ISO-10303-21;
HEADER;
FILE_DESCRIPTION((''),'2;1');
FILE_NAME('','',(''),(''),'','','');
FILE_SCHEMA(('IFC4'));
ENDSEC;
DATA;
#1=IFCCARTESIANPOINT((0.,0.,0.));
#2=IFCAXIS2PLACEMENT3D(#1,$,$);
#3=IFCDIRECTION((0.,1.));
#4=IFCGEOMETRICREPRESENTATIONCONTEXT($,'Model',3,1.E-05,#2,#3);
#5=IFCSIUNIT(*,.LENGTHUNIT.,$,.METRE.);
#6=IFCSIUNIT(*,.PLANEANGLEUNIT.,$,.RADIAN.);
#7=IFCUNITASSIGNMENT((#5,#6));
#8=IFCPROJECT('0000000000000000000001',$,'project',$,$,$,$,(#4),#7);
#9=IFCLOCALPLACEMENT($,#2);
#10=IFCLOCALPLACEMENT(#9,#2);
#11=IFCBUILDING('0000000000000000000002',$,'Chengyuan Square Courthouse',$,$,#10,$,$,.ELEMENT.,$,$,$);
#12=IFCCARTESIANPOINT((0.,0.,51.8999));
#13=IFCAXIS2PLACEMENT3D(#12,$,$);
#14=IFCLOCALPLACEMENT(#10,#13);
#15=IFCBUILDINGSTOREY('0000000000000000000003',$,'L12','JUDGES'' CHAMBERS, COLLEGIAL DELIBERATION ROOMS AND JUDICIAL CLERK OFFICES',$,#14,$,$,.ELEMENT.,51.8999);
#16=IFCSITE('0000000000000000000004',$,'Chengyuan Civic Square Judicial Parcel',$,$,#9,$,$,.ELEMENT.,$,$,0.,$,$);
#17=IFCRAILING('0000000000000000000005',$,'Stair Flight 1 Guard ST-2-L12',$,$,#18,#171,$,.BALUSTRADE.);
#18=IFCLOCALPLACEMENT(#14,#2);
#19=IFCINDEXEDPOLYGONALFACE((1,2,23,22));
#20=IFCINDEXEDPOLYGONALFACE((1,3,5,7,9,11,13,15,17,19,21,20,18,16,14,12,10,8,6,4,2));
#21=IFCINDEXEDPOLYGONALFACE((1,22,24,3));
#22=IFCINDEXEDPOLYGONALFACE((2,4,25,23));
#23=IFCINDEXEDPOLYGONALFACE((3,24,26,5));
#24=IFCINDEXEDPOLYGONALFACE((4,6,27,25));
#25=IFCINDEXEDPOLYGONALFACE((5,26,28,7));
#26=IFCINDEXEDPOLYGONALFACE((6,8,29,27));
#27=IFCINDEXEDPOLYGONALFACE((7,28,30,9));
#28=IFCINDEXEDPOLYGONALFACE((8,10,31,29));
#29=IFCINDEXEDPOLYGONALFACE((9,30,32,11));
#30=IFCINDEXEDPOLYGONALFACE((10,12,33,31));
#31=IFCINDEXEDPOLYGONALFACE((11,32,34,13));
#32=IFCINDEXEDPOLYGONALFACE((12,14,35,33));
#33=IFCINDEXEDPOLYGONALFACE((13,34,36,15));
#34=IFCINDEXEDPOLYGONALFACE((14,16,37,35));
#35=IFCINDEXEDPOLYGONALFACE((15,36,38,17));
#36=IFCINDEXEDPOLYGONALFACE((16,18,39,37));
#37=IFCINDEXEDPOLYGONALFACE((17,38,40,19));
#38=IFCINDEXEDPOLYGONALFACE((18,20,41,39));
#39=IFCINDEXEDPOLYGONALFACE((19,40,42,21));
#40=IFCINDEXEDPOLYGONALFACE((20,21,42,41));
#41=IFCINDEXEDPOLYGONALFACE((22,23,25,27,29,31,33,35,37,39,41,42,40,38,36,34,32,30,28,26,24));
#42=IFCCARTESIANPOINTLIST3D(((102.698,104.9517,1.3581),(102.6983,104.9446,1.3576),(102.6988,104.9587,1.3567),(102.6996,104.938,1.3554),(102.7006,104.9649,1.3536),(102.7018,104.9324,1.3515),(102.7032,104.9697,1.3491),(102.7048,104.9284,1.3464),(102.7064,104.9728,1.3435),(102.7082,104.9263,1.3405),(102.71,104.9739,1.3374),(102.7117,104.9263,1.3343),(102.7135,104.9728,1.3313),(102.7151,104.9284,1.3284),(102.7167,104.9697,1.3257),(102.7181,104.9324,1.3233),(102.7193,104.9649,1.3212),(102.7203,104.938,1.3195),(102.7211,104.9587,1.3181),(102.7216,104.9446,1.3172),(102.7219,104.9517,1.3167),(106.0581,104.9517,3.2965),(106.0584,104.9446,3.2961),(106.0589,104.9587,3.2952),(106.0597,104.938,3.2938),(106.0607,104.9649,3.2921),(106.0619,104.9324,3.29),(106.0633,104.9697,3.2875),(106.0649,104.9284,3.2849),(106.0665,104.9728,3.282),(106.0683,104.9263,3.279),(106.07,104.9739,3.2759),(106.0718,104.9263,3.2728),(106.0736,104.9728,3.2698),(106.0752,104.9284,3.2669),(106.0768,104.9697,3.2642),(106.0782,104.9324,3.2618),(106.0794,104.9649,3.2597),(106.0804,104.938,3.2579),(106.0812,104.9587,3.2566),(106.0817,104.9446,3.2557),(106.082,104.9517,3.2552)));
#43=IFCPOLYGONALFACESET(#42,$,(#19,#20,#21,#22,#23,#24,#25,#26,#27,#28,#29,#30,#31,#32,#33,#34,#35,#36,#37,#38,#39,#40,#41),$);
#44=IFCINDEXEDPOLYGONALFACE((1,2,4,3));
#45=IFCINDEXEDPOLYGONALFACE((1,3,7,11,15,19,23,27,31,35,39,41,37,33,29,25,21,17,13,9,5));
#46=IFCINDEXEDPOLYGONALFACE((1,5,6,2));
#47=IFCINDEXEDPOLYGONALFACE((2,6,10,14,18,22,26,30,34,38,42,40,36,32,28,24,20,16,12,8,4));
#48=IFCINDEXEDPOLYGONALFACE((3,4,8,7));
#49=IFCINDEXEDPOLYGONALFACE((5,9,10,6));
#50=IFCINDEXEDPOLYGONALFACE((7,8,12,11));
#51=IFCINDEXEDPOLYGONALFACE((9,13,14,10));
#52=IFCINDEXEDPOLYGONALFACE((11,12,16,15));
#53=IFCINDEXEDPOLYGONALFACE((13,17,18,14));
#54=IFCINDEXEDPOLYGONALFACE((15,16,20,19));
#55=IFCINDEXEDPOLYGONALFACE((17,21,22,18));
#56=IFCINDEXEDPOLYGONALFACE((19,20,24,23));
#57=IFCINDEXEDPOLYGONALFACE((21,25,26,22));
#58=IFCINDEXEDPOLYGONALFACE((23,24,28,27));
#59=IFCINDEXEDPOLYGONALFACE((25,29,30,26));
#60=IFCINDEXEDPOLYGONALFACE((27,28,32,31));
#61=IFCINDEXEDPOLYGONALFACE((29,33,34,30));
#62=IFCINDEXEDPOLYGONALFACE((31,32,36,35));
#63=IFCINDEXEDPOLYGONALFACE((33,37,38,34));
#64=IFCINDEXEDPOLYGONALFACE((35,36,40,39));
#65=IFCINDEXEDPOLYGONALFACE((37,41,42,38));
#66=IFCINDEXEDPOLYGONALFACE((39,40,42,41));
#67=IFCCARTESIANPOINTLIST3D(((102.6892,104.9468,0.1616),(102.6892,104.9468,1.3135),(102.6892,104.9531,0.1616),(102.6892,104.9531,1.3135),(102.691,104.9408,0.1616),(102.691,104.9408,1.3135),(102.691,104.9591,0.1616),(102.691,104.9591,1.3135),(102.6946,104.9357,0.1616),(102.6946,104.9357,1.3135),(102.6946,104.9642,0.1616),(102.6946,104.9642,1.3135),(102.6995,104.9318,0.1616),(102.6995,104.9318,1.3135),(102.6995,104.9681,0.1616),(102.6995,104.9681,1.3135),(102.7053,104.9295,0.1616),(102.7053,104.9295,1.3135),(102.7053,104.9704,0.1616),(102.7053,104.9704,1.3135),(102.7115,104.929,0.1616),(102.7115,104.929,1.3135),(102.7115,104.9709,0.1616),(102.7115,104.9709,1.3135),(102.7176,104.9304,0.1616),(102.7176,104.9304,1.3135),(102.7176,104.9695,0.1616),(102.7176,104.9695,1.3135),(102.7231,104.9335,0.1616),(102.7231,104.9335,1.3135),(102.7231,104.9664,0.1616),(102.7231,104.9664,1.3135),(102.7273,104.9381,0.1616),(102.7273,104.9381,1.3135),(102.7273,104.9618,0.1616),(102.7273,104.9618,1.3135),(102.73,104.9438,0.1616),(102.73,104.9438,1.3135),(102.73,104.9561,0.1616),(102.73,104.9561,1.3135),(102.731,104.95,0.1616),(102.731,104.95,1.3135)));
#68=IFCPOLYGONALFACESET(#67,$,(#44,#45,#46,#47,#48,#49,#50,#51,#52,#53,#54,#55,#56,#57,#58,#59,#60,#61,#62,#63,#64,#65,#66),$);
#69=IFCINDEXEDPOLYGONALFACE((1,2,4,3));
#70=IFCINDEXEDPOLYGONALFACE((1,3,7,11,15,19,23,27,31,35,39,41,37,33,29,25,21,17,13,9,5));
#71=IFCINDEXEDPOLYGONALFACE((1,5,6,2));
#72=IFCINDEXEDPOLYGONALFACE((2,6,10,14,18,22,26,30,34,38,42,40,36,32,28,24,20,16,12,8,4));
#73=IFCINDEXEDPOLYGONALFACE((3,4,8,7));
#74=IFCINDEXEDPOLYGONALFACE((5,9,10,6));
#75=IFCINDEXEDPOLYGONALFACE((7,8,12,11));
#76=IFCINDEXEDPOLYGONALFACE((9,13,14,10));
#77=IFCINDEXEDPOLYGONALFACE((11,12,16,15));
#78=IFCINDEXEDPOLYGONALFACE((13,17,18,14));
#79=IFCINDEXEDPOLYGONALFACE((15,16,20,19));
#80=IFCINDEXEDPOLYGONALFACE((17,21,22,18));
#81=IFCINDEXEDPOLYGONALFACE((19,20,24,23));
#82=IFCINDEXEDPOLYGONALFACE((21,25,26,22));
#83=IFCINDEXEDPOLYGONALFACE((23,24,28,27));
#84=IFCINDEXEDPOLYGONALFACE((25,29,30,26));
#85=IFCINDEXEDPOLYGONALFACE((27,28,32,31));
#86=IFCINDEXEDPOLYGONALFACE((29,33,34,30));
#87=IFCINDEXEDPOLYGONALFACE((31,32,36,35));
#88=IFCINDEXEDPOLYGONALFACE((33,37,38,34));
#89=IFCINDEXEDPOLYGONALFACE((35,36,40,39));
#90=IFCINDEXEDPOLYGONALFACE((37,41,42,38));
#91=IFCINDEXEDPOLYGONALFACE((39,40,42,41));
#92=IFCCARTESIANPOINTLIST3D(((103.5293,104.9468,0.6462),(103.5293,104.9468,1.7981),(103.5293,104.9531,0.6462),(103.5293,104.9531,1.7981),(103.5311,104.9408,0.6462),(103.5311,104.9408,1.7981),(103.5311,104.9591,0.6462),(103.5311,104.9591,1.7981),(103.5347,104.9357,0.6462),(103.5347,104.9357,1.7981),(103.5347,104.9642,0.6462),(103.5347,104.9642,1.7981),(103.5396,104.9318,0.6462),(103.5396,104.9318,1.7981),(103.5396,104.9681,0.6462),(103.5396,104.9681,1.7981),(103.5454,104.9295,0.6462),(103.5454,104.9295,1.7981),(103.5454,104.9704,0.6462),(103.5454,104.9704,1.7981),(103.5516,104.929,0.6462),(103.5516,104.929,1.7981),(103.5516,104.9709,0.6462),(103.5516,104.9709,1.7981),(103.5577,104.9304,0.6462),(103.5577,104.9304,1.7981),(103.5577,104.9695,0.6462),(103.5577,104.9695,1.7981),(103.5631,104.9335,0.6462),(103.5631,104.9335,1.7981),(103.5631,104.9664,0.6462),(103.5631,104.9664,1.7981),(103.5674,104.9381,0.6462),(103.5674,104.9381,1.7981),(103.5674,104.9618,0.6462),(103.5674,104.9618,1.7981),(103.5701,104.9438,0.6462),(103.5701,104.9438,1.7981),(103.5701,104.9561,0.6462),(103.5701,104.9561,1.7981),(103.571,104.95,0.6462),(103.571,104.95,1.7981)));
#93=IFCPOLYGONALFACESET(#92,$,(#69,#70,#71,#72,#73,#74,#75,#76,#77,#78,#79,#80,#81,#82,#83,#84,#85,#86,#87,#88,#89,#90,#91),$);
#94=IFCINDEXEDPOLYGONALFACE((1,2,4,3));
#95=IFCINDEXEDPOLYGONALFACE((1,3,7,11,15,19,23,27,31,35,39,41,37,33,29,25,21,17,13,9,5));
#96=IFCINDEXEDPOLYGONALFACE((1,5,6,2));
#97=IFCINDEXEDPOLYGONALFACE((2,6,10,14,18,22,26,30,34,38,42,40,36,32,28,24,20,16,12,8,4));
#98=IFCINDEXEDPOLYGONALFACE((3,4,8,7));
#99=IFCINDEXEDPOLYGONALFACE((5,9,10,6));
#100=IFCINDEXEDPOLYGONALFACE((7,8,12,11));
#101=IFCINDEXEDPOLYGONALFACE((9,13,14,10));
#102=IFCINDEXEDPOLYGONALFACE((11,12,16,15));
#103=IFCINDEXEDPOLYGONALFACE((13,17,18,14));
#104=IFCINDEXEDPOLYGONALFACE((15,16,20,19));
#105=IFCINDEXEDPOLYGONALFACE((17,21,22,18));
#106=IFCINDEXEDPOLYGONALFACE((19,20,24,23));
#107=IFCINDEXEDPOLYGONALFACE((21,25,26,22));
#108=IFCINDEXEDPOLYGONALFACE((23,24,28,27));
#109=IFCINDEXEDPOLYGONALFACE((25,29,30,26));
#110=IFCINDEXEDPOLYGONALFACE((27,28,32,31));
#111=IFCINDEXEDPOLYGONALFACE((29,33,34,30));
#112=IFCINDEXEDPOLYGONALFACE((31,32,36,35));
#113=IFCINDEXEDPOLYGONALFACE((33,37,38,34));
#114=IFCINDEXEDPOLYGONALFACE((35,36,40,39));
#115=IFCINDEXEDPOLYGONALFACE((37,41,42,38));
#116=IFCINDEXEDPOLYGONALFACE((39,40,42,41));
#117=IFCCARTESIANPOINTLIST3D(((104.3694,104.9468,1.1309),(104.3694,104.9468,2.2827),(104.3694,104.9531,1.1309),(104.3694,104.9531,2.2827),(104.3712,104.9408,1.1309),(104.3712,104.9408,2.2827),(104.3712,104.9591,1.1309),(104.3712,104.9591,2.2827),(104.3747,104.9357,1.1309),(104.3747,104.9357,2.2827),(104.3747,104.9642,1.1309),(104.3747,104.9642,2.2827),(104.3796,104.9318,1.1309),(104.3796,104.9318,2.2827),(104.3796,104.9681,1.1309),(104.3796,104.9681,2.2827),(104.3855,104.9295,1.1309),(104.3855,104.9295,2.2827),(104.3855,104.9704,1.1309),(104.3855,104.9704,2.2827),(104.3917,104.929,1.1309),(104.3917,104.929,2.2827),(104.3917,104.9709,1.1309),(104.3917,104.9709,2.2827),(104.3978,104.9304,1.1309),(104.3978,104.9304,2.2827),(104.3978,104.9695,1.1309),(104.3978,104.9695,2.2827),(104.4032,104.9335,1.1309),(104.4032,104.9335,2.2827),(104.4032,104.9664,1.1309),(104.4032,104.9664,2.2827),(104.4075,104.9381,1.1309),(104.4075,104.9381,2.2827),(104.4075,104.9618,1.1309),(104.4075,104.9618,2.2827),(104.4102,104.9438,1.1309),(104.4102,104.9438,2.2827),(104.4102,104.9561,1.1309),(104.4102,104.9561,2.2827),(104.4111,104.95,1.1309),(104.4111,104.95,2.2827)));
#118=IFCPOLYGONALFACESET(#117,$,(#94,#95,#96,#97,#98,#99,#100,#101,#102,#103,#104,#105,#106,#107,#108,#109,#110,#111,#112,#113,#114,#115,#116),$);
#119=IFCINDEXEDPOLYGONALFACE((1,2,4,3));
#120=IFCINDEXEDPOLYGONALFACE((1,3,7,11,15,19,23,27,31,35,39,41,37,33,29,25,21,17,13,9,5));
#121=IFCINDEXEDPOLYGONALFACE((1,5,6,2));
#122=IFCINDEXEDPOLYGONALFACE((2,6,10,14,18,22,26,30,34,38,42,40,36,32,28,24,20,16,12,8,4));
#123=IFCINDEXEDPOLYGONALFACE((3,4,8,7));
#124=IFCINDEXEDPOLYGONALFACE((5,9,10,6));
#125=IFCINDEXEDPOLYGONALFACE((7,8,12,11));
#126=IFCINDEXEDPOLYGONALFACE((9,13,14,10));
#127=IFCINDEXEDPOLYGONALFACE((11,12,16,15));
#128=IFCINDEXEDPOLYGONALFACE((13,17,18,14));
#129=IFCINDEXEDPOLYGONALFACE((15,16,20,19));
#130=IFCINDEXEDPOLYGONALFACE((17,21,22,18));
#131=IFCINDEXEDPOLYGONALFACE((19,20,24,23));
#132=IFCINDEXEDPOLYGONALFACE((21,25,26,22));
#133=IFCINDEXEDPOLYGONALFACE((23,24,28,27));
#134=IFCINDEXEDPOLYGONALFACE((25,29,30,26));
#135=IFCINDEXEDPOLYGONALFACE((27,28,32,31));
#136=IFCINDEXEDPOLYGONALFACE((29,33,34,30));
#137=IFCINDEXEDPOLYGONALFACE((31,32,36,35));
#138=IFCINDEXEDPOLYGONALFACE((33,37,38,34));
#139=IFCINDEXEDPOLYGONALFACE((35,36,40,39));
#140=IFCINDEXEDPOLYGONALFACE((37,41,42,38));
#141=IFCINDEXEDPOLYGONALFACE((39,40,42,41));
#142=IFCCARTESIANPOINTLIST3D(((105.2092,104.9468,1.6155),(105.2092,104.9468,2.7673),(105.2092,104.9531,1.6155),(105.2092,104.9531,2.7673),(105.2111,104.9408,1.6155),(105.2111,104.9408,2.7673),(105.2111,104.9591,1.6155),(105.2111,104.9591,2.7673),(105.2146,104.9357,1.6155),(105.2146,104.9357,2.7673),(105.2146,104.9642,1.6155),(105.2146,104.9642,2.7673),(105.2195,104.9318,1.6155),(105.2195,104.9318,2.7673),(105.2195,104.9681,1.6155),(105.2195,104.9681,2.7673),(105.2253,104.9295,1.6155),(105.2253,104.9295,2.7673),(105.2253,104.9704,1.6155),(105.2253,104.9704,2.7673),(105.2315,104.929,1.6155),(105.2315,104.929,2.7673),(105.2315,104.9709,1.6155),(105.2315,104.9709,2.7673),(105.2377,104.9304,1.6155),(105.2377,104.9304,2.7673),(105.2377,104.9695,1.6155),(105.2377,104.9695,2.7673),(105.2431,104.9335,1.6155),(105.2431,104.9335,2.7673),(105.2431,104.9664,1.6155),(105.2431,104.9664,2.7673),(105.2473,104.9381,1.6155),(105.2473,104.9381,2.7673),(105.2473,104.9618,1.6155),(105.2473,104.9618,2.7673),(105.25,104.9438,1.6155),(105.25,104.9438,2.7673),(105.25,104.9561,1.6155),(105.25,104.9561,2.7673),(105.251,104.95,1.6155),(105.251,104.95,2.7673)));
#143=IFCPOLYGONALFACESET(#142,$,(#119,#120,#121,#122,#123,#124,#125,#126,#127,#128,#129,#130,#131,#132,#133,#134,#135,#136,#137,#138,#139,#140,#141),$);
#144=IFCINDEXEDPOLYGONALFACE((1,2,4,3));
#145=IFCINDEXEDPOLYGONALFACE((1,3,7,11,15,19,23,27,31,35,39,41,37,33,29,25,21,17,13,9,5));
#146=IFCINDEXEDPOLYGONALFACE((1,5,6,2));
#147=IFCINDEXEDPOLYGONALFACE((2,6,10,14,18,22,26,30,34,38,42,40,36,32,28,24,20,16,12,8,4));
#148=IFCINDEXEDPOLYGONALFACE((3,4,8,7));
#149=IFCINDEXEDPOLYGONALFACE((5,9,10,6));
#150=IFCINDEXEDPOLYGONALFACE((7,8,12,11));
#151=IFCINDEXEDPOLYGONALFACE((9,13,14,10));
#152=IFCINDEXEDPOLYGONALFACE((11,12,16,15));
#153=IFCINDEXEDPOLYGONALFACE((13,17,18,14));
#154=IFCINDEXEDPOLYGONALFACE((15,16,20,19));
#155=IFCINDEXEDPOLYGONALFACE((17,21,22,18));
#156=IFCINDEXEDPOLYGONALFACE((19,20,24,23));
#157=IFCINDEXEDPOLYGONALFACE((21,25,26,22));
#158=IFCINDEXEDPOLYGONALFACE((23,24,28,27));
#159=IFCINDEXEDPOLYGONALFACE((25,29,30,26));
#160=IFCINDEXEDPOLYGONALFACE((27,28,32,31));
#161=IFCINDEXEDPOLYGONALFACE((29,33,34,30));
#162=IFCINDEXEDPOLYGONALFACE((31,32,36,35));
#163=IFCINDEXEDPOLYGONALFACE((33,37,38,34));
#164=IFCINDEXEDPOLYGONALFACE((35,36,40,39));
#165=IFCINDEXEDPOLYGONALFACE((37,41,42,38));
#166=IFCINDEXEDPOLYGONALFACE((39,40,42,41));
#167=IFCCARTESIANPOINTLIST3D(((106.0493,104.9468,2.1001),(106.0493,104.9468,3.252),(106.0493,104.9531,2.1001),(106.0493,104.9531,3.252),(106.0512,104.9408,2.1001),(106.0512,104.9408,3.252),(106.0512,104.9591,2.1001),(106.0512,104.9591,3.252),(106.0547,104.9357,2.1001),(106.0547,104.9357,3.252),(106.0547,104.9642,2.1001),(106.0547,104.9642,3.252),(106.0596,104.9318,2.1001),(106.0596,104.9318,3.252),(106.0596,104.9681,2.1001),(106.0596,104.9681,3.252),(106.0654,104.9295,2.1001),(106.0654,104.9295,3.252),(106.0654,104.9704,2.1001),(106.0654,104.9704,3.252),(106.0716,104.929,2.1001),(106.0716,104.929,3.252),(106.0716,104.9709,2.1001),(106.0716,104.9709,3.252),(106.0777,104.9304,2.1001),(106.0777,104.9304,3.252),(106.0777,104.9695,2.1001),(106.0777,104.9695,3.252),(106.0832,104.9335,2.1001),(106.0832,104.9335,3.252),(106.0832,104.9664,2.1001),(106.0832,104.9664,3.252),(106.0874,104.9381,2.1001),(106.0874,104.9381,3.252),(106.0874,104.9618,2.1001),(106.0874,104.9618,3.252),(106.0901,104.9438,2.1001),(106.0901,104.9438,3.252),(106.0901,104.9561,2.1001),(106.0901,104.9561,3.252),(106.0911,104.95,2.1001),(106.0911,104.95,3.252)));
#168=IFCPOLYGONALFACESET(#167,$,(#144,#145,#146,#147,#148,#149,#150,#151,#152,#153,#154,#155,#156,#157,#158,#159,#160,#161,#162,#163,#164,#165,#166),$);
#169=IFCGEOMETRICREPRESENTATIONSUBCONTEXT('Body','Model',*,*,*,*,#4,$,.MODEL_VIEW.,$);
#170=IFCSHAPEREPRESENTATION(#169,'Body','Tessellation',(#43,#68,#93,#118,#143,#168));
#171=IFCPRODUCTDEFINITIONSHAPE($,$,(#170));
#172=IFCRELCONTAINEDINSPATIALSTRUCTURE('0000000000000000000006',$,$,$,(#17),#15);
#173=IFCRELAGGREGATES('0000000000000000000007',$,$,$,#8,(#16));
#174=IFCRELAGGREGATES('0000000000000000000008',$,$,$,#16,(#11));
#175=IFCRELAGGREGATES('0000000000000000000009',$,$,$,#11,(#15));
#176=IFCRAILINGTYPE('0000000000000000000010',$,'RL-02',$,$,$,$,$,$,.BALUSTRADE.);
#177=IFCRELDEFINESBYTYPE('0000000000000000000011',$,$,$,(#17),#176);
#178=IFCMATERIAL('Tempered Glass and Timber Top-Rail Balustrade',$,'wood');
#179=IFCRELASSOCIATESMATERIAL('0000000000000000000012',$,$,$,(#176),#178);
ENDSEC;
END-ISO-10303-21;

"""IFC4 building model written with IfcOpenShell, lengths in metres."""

from ifc_helpers import new_model, si_unit, direction, frame, origin, origin_2d, place, context, subcontext, project, spatial, circle, extrude, material, type_object, element, save


model = new_model("IFC4")

# Units and contexts
model_context = context("Model", 3, precision=1e-05, world=origin(), true_north=direction((0.0, 1.0)))
body_context = subcontext(model_context, "Body", "Model", "MODEL_VIEW")
ifc_project = project(units=[si_unit("LENGTHUNIT", "METRE"), si_unit("PLANEANGLEUNIT", "RADIAN")], contexts=[model_context])

# Site, building, storey
site_placement = place(None, origin())
site = spatial("IfcSite", under=ifc_project, at=site_placement, Name="Chengyuan Civic Square Judicial Parcel", CompositionType="ELEMENT", RefElevation=0.0)
building_placement = place(site_placement, origin())
building = spatial("IfcBuilding", under=site, at=building_placement, Name="Chengyuan Square Courthouse", CompositionType="ELEMENT")
storey_placement = place(building_placement, frame((0.0, 0.0, 51.8999)))
storey = spatial("IfcBuildingStorey", under=building, at=storey_placement, Name="L12", Description="JUDGES' CHAMBERS, COLLEGIAL DELIBERATION ROOMS AND JUDICIAL CLERK OFFICES", CompositionType="ELEMENT", Elevation=51.8999)

# Railing
ifc_material_1 = material(Name="Tempered Glass and Timber Top-Rail Balustrade", Category="wood")
railing_type_1 = type_object("IfcRailingType", Name="RL-02", PredefinedType="BALUSTRADE", material=ifc_material_1)
railing_1_placement = place(storey_placement, frame((102.71, 104.95, 0.1616)))
element("IfcRailing", 1, at=railing_1_placement, inside=storey, type_object=railing_type_1, Name="Stair Flight 1 Guard ST-2-L12", PredefinedType="BALUSTRADE", context=body_context, shape_type="SweptSolid", body=[
    extrude(circle(Radius=0.0239, at=origin_2d()), frame((0.0, 0.0, 1.1758), z_axis=(0.866191, 0.0, 0.499713), x_axis=(0.0, 1.0, 0.0)), (0.0, 0.0, 1.0), 3.8792),
    extrude(circle(Radius=0.021, at=origin_2d()), origin(), (0.0, 0.0, 1.0), 1.1519),
    extrude(circle(Radius=0.021, at=origin_2d()), frame((0.8401, 0.0, 0.4846)), (0.0, 0.0, 1.0), 1.1519),
    extrude(circle(Radius=0.021, at=origin_2d()), frame((1.6802, 0.0, 0.9692)), (0.0, 0.0, 1.0), 1.1519),
    extrude(circle(Radius=0.021, at=origin_2d()), frame((2.52, 0.0, 1.4539)), (0.0, 0.0, 1.0), 1.1519),
    extrude(circle(Radius=0.021, at=origin_2d()), frame((3.3601, 0.0, 1.9385)), (0.0, 0.0, 1.0), 1.1519),
])

save(model, "model.ifc")
